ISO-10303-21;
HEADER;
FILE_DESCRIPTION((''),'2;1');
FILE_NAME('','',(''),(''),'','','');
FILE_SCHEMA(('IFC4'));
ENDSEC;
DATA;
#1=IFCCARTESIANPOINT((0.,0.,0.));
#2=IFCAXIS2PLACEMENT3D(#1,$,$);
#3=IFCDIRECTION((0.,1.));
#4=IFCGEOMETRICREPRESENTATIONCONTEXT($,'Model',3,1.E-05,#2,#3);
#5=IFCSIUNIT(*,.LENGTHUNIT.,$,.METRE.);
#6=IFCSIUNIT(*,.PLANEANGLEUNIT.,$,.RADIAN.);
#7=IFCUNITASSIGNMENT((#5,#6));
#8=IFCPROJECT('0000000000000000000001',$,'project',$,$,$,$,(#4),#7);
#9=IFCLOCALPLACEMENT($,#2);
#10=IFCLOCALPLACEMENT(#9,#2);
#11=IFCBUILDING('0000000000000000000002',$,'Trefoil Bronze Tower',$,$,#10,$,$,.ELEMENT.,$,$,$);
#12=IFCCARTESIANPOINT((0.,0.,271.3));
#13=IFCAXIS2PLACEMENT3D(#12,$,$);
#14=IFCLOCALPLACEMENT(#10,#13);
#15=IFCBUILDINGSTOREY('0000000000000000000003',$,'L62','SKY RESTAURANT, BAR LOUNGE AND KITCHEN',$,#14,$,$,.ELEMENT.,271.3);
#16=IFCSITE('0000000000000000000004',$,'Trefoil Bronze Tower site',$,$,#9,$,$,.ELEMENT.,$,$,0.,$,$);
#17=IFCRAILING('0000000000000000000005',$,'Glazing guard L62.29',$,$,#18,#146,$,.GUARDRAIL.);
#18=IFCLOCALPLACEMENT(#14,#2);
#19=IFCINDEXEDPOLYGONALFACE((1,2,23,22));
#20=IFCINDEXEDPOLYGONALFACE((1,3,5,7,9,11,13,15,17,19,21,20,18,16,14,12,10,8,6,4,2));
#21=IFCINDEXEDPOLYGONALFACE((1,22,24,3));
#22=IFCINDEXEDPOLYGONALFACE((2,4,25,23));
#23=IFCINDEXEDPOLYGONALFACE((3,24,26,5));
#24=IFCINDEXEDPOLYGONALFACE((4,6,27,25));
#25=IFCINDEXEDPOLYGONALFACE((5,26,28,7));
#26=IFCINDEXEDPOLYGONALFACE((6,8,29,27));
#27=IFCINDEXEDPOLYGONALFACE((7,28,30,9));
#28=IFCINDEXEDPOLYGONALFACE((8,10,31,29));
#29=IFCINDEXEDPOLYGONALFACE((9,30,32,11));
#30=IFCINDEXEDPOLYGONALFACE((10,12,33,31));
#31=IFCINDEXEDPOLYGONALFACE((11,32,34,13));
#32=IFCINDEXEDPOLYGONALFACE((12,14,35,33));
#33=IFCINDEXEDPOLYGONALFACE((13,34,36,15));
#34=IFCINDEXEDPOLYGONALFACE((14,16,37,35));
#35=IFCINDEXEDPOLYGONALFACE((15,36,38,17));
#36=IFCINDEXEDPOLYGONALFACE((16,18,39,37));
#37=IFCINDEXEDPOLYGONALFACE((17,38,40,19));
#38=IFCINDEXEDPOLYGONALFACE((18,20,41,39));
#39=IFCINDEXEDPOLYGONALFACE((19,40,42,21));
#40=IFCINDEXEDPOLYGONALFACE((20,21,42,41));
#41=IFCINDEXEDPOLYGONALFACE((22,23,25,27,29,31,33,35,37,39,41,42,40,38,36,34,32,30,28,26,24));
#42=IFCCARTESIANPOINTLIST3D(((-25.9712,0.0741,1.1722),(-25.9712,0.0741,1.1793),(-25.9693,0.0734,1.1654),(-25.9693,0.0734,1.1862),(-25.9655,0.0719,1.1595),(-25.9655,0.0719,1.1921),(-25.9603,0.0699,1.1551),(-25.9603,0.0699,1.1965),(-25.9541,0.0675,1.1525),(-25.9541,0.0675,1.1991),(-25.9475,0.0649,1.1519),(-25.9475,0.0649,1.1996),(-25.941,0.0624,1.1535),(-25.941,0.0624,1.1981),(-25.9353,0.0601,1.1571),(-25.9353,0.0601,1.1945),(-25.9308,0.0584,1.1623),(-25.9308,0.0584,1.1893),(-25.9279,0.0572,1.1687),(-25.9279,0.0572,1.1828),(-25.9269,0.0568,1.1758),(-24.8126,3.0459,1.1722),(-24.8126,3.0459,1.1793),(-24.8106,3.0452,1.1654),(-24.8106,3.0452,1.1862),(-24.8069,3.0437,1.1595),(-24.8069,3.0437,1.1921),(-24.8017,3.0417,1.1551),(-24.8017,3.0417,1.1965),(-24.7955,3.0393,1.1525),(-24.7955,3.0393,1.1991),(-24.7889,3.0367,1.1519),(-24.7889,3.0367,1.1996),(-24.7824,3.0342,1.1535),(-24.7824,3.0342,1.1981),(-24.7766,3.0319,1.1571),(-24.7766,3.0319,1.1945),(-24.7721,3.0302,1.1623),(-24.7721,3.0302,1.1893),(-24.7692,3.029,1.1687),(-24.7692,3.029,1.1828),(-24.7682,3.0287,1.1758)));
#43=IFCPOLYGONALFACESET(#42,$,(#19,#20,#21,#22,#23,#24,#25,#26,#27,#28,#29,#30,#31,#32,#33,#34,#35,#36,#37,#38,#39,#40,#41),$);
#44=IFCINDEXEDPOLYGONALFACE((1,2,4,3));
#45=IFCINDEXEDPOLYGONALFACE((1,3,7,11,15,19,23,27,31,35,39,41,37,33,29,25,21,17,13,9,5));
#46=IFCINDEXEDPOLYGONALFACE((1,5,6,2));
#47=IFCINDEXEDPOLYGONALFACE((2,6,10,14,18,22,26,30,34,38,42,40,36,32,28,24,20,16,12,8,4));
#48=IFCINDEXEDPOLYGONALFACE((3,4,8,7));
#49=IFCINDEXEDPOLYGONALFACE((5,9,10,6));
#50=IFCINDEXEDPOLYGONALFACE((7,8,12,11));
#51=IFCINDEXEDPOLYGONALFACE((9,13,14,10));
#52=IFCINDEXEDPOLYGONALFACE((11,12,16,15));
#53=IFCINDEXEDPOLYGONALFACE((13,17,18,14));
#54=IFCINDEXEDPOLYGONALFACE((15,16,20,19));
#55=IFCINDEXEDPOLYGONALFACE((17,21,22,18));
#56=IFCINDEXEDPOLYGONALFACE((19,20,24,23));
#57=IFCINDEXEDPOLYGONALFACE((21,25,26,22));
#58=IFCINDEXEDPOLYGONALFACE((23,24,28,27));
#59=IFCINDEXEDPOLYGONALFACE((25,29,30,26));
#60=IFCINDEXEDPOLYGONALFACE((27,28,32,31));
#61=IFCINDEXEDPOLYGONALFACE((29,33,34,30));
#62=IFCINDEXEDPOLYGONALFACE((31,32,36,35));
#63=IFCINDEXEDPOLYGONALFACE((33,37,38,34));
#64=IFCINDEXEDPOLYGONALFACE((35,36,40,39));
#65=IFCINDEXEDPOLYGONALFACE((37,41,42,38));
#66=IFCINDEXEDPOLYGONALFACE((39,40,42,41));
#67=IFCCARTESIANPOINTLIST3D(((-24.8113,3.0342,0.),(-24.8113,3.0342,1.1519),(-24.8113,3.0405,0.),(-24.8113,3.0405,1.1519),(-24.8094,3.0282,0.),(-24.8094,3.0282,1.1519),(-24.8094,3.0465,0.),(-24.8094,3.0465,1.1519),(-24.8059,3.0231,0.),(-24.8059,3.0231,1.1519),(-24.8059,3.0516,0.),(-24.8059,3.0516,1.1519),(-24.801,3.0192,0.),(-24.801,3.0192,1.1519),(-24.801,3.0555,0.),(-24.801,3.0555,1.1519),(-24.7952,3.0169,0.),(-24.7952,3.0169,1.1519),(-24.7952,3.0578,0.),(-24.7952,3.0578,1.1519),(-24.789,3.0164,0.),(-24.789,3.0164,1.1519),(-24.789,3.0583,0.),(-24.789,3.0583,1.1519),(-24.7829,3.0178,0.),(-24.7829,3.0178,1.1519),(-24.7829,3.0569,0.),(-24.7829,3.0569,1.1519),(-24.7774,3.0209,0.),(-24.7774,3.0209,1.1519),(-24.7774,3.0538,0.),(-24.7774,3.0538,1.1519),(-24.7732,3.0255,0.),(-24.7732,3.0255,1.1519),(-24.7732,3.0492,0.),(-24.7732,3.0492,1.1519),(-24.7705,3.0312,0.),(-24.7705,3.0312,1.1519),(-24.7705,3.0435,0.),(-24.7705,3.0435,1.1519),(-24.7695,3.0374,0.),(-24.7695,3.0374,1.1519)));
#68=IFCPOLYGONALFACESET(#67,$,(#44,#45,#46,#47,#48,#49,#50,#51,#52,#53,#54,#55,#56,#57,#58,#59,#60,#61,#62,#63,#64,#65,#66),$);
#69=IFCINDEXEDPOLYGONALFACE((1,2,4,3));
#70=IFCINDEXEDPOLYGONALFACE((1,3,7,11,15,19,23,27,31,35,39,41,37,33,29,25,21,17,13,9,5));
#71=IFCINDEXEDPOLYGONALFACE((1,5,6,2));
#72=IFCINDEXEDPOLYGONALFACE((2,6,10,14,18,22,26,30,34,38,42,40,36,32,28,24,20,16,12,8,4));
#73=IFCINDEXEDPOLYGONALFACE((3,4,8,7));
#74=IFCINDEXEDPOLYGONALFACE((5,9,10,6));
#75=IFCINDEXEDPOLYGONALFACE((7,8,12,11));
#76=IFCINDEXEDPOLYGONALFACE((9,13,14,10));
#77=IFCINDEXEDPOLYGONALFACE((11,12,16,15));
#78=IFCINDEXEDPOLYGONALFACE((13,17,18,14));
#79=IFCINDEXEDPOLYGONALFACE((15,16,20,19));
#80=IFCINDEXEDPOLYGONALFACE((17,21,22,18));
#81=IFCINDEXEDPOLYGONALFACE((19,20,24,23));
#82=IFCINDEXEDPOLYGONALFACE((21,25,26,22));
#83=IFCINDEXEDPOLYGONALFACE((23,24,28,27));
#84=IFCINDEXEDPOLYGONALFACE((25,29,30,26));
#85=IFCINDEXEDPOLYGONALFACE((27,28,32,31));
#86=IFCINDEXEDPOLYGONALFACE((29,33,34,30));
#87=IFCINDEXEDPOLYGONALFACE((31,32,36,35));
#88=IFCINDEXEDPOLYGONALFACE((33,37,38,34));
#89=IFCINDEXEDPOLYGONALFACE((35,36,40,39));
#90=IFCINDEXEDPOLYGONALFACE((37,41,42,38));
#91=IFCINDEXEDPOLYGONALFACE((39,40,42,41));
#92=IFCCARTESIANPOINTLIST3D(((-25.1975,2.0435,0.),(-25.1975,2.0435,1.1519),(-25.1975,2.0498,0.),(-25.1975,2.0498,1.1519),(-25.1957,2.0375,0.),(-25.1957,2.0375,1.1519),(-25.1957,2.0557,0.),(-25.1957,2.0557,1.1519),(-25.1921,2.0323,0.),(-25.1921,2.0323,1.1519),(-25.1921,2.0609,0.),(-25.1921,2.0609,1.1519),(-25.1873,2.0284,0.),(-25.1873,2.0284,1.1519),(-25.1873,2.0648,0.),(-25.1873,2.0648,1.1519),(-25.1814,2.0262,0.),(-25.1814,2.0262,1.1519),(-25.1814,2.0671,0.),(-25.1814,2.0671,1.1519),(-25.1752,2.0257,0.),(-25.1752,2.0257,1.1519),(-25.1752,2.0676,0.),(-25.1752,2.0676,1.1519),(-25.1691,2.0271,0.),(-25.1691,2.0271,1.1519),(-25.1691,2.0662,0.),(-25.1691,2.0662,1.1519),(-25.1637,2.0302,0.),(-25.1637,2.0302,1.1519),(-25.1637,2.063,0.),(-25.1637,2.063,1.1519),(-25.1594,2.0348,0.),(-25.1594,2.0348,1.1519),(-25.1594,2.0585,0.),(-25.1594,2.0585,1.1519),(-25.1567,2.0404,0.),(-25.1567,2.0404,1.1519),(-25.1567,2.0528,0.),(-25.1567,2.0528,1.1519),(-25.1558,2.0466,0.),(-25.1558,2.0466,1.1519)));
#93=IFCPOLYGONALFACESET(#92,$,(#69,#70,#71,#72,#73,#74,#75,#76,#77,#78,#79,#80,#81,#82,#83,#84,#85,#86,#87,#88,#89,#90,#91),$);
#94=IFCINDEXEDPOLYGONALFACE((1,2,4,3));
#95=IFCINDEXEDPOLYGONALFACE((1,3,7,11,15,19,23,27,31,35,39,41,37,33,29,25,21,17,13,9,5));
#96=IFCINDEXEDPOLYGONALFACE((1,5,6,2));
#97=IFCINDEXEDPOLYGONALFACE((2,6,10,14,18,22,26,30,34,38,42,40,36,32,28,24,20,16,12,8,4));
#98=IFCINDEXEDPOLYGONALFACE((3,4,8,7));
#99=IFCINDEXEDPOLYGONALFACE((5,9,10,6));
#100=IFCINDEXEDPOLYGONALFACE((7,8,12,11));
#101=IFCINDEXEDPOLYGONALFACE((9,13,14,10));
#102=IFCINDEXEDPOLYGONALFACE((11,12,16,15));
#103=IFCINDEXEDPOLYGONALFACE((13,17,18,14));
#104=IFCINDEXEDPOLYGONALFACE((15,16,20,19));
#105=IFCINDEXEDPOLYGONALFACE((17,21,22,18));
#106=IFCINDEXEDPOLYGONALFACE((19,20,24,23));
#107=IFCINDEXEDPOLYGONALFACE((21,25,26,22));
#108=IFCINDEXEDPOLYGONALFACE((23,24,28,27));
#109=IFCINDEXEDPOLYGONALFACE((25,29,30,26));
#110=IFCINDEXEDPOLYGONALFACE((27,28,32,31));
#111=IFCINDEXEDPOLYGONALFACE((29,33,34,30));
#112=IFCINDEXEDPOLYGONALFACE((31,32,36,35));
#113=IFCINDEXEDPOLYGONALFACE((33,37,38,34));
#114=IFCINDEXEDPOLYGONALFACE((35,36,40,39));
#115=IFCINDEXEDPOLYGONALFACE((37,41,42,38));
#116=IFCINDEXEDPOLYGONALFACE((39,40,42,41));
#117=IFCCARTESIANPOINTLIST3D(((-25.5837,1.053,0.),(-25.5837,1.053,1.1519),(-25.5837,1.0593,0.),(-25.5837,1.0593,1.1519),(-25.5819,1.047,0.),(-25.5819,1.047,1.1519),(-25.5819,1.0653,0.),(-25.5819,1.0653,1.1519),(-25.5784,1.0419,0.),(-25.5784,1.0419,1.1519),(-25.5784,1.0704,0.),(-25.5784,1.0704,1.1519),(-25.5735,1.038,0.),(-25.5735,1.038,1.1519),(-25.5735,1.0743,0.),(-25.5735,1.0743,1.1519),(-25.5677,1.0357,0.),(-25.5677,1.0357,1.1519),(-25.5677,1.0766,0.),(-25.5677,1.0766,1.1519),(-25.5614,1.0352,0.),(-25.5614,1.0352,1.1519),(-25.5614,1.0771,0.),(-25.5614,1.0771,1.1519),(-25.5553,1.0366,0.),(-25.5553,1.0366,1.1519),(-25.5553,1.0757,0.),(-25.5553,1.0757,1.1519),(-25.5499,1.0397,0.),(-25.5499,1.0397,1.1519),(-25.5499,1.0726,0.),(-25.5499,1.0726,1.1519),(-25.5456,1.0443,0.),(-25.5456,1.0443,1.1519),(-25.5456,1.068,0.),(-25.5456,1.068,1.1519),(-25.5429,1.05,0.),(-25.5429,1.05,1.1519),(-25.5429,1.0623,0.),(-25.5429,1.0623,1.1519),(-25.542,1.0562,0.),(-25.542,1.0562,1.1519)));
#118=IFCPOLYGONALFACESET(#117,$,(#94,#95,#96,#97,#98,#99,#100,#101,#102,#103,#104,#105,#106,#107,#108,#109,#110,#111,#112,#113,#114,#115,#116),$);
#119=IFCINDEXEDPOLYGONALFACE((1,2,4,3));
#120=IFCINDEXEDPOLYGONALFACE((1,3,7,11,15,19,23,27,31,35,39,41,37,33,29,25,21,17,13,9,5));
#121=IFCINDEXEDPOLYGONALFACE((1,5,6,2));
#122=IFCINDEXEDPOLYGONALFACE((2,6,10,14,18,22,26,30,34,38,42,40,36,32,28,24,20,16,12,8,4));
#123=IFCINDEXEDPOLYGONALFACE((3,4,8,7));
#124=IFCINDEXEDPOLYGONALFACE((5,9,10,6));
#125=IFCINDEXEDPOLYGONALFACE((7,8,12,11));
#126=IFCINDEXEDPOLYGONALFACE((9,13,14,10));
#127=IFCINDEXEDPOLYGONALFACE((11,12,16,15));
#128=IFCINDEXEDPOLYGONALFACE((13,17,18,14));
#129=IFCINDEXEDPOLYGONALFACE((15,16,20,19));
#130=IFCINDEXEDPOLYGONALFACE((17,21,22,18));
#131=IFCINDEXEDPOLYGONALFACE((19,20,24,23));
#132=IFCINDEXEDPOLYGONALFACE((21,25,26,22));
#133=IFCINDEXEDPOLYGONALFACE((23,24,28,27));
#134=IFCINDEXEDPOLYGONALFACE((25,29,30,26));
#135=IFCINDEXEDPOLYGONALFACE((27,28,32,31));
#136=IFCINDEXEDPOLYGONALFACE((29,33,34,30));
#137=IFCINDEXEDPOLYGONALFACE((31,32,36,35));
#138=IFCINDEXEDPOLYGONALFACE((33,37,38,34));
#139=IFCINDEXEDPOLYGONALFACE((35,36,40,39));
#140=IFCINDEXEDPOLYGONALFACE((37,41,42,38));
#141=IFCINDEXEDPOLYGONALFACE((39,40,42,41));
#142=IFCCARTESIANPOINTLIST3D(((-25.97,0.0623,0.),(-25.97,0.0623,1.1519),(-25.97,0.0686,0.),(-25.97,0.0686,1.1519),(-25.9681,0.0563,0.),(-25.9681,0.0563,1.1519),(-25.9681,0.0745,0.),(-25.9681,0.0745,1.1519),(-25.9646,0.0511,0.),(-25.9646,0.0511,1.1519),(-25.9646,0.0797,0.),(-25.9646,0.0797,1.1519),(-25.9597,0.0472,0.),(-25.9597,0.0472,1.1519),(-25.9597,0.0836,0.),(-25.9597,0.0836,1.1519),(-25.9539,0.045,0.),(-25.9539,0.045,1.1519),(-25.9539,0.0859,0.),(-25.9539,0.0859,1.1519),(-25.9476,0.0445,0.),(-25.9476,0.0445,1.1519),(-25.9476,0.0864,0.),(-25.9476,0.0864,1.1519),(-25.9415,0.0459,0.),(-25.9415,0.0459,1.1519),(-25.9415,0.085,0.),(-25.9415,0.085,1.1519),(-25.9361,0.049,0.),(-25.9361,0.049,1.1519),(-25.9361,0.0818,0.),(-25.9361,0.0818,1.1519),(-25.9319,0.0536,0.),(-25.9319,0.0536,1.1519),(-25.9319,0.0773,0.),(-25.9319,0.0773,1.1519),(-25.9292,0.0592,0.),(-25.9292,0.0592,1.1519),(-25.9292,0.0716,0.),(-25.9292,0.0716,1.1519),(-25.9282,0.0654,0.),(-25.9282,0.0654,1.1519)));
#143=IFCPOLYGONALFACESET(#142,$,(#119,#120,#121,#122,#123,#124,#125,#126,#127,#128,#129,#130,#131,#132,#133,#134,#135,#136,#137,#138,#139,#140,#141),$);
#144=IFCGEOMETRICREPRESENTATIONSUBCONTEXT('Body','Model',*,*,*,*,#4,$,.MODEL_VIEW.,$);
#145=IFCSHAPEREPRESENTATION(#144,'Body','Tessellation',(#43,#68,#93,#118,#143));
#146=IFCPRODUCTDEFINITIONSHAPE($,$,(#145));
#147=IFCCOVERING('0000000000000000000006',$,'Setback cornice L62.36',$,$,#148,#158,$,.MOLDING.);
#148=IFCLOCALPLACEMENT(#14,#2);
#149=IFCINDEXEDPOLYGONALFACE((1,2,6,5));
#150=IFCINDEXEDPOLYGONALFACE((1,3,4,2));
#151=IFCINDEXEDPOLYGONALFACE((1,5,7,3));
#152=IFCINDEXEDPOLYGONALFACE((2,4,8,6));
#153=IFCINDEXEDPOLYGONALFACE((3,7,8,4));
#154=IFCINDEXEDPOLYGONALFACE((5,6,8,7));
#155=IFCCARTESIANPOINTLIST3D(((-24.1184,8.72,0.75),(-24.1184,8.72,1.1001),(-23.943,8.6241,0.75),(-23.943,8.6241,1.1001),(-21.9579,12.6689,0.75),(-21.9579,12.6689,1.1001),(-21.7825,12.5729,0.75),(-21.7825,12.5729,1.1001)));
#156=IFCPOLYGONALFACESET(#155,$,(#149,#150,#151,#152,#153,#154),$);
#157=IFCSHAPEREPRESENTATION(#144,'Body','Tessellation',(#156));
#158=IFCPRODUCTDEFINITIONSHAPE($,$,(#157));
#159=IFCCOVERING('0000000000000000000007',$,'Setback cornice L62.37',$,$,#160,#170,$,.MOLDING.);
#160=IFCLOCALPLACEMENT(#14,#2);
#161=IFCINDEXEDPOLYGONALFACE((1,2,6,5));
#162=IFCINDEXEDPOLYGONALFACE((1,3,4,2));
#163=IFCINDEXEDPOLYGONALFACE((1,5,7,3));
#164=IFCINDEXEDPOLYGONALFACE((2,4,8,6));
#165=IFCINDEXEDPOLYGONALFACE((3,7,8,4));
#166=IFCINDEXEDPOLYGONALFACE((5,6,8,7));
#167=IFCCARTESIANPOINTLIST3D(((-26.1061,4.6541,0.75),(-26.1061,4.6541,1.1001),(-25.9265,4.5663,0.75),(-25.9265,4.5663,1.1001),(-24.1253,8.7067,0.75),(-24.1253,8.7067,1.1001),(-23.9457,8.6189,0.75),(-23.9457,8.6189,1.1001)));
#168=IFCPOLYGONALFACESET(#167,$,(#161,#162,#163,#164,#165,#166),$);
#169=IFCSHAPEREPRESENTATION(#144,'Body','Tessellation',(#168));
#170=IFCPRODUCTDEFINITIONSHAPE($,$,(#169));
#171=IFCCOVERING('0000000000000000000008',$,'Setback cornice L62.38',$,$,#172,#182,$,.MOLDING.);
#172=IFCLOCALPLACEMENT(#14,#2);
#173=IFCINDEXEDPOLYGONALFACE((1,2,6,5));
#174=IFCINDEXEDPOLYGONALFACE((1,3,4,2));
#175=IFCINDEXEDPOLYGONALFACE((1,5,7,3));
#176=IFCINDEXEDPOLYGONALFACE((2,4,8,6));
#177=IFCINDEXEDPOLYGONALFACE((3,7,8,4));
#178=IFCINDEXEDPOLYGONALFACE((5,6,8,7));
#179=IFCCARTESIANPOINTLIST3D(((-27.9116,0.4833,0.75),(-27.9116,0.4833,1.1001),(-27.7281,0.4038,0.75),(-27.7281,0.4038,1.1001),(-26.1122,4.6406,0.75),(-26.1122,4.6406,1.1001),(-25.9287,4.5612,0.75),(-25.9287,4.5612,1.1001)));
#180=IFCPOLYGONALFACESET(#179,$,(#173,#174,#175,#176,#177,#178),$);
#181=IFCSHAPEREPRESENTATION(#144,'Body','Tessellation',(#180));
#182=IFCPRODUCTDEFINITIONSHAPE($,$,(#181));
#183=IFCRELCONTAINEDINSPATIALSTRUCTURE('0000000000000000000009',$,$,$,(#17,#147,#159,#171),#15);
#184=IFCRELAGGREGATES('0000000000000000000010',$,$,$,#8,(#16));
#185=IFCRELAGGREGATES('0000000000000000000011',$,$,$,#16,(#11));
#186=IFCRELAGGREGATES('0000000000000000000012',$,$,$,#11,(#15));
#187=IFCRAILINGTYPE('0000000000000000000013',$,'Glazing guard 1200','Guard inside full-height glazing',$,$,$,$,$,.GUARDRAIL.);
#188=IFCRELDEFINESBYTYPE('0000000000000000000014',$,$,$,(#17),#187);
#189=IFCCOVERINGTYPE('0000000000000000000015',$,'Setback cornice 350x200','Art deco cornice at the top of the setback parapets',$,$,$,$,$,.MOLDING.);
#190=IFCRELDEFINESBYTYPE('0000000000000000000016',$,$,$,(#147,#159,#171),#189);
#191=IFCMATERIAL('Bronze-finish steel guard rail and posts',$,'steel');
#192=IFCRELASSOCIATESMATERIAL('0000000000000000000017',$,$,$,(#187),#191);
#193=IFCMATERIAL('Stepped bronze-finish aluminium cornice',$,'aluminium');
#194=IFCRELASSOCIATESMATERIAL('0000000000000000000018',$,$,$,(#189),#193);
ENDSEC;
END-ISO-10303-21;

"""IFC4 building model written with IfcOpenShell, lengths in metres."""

from ifc_helpers import new_model, si_unit, direction, frame, origin, origin_2d, place, context, subcontext, project, spatial, rectangle, circle, extrude, material, type_object, element, save


model = new_model("IFC4")

# Units and contexts
model_context = context("Model", 3, precision=1e-05, world=origin(), true_north=direction((0.0, 1.0)))
body_context = subcontext(model_context, "Body", "Model", "MODEL_VIEW")
ifc_project = project(units=[si_unit("LENGTHUNIT", "METRE"), si_unit("PLANEANGLEUNIT", "RADIAN")], contexts=[model_context])

# Site, building, storey
site_placement = place(None, origin())
site = spatial("IfcSite", under=ifc_project, at=site_placement, Name="Trefoil Bronze Tower site", CompositionType="ELEMENT", RefElevation=0.0)
building_placement = place(site_placement, origin())
building = spatial("IfcBuilding", under=site, at=building_placement, Name="Trefoil Bronze Tower", CompositionType="ELEMENT")
storey_placement = place(building_placement, frame((0.0, 0.0, 271.3)))
storey = spatial("IfcBuildingStorey", under=building, at=storey_placement, Name="L62", Description="SKY RESTAURANT, BAR LOUNGE AND KITCHEN", CompositionType="ELEMENT", Elevation=271.3)

# Railing
ifc_material_1 = material(Name="Bronze-finish steel guard rail and posts", Category="steel")
railing_type = type_object("IfcRailingType", Name="Glazing guard 1200", Description="Guard inside full-height glazing", PredefinedType="GUARDRAIL", material=ifc_material_1)
railing_1_placement = place(storey_placement, frame((-24.7905, 3.0374, 0.0)))
element("IfcRailing", 1, at=railing_1_placement, inside=storey, type_object=railing_type, Name="Glazing guard L62.29", PredefinedType="GUARDRAIL", context=body_context, shape_type="SweptSolid", body=[
    extrude(circle(Radius=0.0239, at=origin_2d()), frame((0.0, 0.0, 1.1758), z_axis=(-0.363248, -0.931693, 0.0), x_axis=(0.931693, -0.363248, 0.0)), (0.0, 0.0, 1.0), 3.1897),
    extrude(circle(Radius=0.021, at=origin_2d()), origin(), (0.0, 0.0, 1.0), 1.1519),
    extrude(circle(Radius=0.021, at=origin_2d()), frame((-0.3862, -0.9907, 0.0)), (0.0, 0.0, 1.0), 1.1519),
    extrude(circle(Radius=0.021, at=origin_2d()), frame((-0.7725, -1.9812, 0.0)), (0.0, 0.0, 1.0), 1.1519),
    extrude(circle(Radius=0.021, at=origin_2d()), frame((-1.1587, -2.9719, 0.0)), (0.0, 0.0, 1.0), 1.1519),
])

# Coverings
ifc_material_2 = material(Name="Stepped bronze-finish aluminium cornice", Category="aluminium")
covering_type = type_object("IfcCoveringType", Name="Setback cornice 350x200", Description="Art deco cornice at the top of the setback parapets", PredefinedType="MOLDING", material=ifc_material_2)
covering_1_placement = place(storey_placement, frame((-22.9504, 10.6465, 0.75), z_axis=(0.0, 0.0, 1.0), x_axis=(-0.479974, -0.877283, 0.0)))
element("IfcCovering", 2, at=covering_1_placement, inside=storey, type_object=covering_type, Name="Setback cornice L62.36", PredefinedType="MOLDING", context=body_context, shape_type="SweptSolid", body=[
    extrude(rectangle(XDim=4.5012, YDim=0.2, at=origin_2d()), origin(), (0.0, 0.0, 1.0), 0.3501),
])
covering_2_placement = place(storey_placement, frame((-25.0259, 6.6365, 0.75), z_axis=(0.0, 0.0, 1.0), x_axis=(-0.439129, -0.898424, 0.0)))
element("IfcCovering", 3, at=covering_2_placement, inside=storey, type_object=covering_type, Name="Setback cornice L62.37", PredefinedType="MOLDING", context=body_context, shape_type="SweptSolid", body=[
    extrude(rectangle(XDim=4.5107, YDim=0.2, at=origin_2d()), origin(), (0.0, 0.0, 1.0), 0.3501),
])
covering_3_placement = place(storey_placement, frame((-26.9202, 2.5222, 0.75), z_axis=(0.0, 0.0, 1.0), x_axis=(-0.39722, -0.917723, 0.0)))
element("IfcCovering", 4, at=covering_3_placement, inside=storey, type_object=covering_type, Name="Setback cornice L62.38", PredefinedType="MOLDING", context=body_context, shape_type="SweptSolid", body=[
    extrude(rectangle(XDim=4.53, YDim=0.2, at=origin_2d()), origin(), (0.0, 0.0, 1.0), 0.3501),
])

save(model, "model.ifc")
